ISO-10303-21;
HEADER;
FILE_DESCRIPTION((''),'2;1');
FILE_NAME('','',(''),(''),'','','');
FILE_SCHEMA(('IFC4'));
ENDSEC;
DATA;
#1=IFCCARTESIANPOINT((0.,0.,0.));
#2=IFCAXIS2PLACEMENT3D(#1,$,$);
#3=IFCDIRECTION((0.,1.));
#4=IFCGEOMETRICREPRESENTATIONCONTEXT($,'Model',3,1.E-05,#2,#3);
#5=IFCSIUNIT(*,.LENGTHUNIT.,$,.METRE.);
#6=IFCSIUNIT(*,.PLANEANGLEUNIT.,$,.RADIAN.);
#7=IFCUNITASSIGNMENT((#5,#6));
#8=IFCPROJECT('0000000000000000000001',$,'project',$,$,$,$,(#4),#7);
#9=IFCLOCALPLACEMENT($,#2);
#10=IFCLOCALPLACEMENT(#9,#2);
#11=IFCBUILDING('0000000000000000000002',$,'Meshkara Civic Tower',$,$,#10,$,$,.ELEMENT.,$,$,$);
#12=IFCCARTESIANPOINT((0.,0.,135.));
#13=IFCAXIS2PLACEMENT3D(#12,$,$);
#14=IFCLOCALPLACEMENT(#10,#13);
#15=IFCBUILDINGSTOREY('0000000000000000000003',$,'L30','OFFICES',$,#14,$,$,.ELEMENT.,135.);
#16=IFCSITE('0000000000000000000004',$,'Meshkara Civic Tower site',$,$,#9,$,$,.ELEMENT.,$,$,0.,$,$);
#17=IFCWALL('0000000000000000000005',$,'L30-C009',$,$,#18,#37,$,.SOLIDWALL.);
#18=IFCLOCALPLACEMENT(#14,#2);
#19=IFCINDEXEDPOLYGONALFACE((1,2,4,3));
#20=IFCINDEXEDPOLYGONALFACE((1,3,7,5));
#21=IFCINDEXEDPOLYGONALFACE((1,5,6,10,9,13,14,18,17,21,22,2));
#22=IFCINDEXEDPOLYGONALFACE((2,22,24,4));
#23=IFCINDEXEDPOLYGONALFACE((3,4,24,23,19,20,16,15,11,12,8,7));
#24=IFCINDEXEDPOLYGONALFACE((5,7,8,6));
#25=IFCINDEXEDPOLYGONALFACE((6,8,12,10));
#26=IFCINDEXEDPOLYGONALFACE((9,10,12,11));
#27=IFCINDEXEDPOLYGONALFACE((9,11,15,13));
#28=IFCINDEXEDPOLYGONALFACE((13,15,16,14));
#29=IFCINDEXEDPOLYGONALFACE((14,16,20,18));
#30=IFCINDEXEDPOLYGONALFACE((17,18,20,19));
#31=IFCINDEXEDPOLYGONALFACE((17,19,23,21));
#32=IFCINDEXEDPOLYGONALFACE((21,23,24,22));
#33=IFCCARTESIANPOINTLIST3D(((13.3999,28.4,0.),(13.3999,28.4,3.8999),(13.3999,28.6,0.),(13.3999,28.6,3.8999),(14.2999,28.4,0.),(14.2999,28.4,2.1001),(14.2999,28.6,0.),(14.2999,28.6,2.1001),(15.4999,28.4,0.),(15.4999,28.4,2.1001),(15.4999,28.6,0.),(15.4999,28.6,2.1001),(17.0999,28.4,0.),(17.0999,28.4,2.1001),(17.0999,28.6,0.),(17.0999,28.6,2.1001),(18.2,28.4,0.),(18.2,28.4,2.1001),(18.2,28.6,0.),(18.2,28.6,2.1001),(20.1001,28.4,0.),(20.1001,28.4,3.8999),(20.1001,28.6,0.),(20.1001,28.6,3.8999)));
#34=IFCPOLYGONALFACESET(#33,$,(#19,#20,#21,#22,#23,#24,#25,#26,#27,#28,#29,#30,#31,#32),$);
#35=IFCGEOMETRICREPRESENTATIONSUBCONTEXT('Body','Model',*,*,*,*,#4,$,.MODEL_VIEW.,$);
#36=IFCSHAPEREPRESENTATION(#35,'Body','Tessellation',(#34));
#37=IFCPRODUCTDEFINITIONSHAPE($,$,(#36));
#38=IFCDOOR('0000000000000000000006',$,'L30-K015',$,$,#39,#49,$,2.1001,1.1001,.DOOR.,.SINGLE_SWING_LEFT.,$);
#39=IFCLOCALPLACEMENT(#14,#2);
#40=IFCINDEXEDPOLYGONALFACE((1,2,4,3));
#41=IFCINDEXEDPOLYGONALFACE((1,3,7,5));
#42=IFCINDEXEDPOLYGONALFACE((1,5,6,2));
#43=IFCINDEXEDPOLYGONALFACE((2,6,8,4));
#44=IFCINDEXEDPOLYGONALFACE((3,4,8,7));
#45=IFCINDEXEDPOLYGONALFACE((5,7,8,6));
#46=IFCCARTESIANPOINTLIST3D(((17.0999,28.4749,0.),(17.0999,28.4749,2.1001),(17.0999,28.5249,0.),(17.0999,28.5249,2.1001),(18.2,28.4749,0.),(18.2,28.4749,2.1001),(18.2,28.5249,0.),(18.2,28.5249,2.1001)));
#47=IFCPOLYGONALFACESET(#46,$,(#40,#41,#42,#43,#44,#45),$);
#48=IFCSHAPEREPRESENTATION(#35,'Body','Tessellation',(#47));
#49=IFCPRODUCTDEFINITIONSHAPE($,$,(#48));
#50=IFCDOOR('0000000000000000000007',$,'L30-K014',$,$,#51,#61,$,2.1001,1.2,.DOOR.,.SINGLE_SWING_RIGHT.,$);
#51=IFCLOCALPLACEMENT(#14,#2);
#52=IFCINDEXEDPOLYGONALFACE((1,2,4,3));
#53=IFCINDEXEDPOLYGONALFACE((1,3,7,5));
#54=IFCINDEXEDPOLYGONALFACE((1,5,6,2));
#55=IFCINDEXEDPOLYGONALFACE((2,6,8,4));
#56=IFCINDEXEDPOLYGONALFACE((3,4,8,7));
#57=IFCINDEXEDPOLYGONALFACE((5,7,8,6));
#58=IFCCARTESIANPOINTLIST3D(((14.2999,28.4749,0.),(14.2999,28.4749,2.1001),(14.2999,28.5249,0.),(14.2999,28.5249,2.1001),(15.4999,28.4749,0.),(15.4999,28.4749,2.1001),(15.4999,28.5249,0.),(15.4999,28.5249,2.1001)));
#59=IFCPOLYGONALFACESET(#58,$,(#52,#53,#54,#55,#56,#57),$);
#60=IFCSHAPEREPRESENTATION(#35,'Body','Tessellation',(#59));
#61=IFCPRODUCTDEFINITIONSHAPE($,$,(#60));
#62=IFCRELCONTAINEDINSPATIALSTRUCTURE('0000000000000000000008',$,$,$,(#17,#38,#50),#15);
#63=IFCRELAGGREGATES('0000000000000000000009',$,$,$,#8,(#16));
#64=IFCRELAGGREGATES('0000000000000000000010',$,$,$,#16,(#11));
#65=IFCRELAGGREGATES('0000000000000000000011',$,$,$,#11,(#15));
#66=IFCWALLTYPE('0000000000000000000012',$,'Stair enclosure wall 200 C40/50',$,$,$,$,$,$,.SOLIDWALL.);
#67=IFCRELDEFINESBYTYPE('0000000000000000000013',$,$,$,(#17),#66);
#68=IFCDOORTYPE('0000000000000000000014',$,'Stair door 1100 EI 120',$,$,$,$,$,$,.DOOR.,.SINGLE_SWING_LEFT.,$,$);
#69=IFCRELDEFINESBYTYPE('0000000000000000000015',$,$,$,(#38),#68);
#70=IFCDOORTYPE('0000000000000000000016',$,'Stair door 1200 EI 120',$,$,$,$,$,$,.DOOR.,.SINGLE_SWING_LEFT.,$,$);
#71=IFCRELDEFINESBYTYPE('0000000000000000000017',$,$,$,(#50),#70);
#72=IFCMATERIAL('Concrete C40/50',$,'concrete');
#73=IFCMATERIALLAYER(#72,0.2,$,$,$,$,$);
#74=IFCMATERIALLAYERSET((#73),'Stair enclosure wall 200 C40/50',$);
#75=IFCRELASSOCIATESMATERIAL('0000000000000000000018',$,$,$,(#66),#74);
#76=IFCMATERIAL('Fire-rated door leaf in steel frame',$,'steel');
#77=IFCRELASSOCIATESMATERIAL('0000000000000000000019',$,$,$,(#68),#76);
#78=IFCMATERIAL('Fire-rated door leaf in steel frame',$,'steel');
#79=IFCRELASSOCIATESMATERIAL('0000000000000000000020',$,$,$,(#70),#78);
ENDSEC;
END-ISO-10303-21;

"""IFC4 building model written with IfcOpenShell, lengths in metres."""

from ifc_helpers import new_model, si_unit, direction, frame, frame_2d, origin, place, context, subcontext, project, spatial, rectangle, extrude, material, layer, layer_set, type_object, element, fill, save


model = new_model("IFC4")

# Units and contexts
model_context = context("Model", 3, precision=1e-05, world=origin(), true_north=direction((0.0, 1.0)))
body_context = subcontext(model_context, "Body", "Model", "MODEL_VIEW")
ifc_project = project(units=[si_unit("LENGTHUNIT", "METRE"), si_unit("PLANEANGLEUNIT", "RADIAN")], contexts=[model_context])

# Site, building, storey
site_placement = place(None, origin())
site = spatial("IfcSite", under=ifc_project, at=site_placement, Name="Meshkara Civic Tower site", CompositionType="ELEMENT", RefElevation=0.0)
building_placement = place(site_placement, origin())
building = spatial("IfcBuilding", under=site, at=building_placement, Name="Meshkara Civic Tower", CompositionType="ELEMENT")
storey_placement = place(building_placement, frame((0.0, 0.0, 135.0)))
storey = spatial("IfcBuildingStorey", under=building, at=storey_placement, Name="L30", Description="OFFICES", CompositionType="ELEMENT", Elevation=135.0)

# Wall, openings, doors
ifc_material_1 = material(Name="Concrete C40/50", Category="concrete")
ifc_layer_1 = layer(ifc_material_1, 0.2)
ifc_layer_set_1 = layer_set([ifc_layer_1], Name="Stair enclosure wall 200 C40/50")
wall_type_1 = type_object("IfcWallType", Name="Stair enclosure wall 200 C40/50", PredefinedType="SOLIDWALL", material=ifc_layer_set_1)
wall_1_placement = place(storey_placement, frame((13.3999, 28.5, 0.0), z_axis=(0.0, 0.0, 1.0), x_axis=(1.0, 0.0, 0.0)))
wall_1 = element("IfcWall", 1, at=wall_1_placement, inside=storey, type_object=wall_type_1, Name="L30-C009", PredefinedType="SOLIDWALL", context=body_context, shape_type="SweptSolid", body=[
    extrude(rectangle(XDim=6.7002, YDim=0.2, at=frame_2d((3.3501, 0.0))), origin(), (0.0, 0.0, 1.0), 3.8999),
])
opening_1_placement = place(wall_1_placement, frame((0.8999, 0.0, 0.0)))
opening_1 = element("IfcOpeningElement", 2, at=opening_1_placement, cuts=wall_1, PredefinedType="OPENING", context=body_context, shape_type="SweptSolid", body=[
    extrude(rectangle(XDim=1.2, YDim=2.1001, at=frame_2d((0.6001, 1.05))), frame((0.0, 0.1099, 0.0), z_axis=(0.0, -1.0, 0.0), x_axis=(1.0, 0.0, 0.0)), (0.0, 0.0, 1.0), 0.22),
])
opening_2_placement = place(wall_1_placement, frame((3.7, 0.0, 0.0)))
opening_2 = element("IfcOpeningElement", 3, at=opening_2_placement, cuts=wall_1, PredefinedType="OPENING", context=body_context, shape_type="SweptSolid", body=[
    extrude(rectangle(XDim=1.1001, YDim=2.1001, at=frame_2d((0.55, 1.05))), frame((0.0, 0.1099, 0.0), z_axis=(0.0, -1.0, 0.0), x_axis=(1.0, 0.0, 0.0)), (0.0, 0.0, 1.0), 0.22),
])
ifc_material_2 = material(Name="Fire-rated door leaf in steel frame", Category="steel")
door_type_1 = type_object("IfcDoorType", Name="Stair door 1100 EI 120", OperationType="SINGLE_SWING_LEFT", PredefinedType="DOOR", material=ifc_material_2)
door_1_placement = place(opening_2_placement, origin())
door_1 = element("IfcDoor", 4, at=door_1_placement, inside=storey, type_object=door_type_1, Name="L30-K015", OperationType="SINGLE_SWING_LEFT", OverallHeight=2.1001, OverallWidth=1.1001, PredefinedType="DOOR", context=body_context, shape_type="SweptSolid", body=[
    extrude(rectangle(XDim=1.1001, YDim=2.1001, at=frame_2d((0.55, 1.05))), frame((0.0, 0.0249, 0.0), z_axis=(0.0, -1.0, 0.0), x_axis=(1.0, 0.0, 0.0)), (0.0, 0.0, 1.0), 0.05),
])
fill(opening_2, door_1)
ifc_material_3 = material(Name="Fire-rated door leaf in steel frame", Category="steel")
door_type_2 = type_object("IfcDoorType", Name="Stair door 1200 EI 120", OperationType="SINGLE_SWING_LEFT", PredefinedType="DOOR", material=ifc_material_3)
door_2_placement = place(opening_1_placement, origin())
door_2 = element("IfcDoor", 5, at=door_2_placement, inside=storey, type_object=door_type_2, Name="L30-K014", OperationType="SINGLE_SWING_RIGHT", OverallHeight=2.1001, OverallWidth=1.2, PredefinedType="DOOR", context=body_context, shape_type="SweptSolid", body=[
    extrude(rectangle(XDim=1.2, YDim=2.1001, at=frame_2d((0.6001, 1.05))), frame((0.0, 0.0249, 0.0), z_axis=(0.0, -1.0, 0.0), x_axis=(1.0, 0.0, 0.0)), (0.0, 0.0, 1.0), 0.05),
])
fill(opening_1, door_2)

save(model, "model.ifc")
